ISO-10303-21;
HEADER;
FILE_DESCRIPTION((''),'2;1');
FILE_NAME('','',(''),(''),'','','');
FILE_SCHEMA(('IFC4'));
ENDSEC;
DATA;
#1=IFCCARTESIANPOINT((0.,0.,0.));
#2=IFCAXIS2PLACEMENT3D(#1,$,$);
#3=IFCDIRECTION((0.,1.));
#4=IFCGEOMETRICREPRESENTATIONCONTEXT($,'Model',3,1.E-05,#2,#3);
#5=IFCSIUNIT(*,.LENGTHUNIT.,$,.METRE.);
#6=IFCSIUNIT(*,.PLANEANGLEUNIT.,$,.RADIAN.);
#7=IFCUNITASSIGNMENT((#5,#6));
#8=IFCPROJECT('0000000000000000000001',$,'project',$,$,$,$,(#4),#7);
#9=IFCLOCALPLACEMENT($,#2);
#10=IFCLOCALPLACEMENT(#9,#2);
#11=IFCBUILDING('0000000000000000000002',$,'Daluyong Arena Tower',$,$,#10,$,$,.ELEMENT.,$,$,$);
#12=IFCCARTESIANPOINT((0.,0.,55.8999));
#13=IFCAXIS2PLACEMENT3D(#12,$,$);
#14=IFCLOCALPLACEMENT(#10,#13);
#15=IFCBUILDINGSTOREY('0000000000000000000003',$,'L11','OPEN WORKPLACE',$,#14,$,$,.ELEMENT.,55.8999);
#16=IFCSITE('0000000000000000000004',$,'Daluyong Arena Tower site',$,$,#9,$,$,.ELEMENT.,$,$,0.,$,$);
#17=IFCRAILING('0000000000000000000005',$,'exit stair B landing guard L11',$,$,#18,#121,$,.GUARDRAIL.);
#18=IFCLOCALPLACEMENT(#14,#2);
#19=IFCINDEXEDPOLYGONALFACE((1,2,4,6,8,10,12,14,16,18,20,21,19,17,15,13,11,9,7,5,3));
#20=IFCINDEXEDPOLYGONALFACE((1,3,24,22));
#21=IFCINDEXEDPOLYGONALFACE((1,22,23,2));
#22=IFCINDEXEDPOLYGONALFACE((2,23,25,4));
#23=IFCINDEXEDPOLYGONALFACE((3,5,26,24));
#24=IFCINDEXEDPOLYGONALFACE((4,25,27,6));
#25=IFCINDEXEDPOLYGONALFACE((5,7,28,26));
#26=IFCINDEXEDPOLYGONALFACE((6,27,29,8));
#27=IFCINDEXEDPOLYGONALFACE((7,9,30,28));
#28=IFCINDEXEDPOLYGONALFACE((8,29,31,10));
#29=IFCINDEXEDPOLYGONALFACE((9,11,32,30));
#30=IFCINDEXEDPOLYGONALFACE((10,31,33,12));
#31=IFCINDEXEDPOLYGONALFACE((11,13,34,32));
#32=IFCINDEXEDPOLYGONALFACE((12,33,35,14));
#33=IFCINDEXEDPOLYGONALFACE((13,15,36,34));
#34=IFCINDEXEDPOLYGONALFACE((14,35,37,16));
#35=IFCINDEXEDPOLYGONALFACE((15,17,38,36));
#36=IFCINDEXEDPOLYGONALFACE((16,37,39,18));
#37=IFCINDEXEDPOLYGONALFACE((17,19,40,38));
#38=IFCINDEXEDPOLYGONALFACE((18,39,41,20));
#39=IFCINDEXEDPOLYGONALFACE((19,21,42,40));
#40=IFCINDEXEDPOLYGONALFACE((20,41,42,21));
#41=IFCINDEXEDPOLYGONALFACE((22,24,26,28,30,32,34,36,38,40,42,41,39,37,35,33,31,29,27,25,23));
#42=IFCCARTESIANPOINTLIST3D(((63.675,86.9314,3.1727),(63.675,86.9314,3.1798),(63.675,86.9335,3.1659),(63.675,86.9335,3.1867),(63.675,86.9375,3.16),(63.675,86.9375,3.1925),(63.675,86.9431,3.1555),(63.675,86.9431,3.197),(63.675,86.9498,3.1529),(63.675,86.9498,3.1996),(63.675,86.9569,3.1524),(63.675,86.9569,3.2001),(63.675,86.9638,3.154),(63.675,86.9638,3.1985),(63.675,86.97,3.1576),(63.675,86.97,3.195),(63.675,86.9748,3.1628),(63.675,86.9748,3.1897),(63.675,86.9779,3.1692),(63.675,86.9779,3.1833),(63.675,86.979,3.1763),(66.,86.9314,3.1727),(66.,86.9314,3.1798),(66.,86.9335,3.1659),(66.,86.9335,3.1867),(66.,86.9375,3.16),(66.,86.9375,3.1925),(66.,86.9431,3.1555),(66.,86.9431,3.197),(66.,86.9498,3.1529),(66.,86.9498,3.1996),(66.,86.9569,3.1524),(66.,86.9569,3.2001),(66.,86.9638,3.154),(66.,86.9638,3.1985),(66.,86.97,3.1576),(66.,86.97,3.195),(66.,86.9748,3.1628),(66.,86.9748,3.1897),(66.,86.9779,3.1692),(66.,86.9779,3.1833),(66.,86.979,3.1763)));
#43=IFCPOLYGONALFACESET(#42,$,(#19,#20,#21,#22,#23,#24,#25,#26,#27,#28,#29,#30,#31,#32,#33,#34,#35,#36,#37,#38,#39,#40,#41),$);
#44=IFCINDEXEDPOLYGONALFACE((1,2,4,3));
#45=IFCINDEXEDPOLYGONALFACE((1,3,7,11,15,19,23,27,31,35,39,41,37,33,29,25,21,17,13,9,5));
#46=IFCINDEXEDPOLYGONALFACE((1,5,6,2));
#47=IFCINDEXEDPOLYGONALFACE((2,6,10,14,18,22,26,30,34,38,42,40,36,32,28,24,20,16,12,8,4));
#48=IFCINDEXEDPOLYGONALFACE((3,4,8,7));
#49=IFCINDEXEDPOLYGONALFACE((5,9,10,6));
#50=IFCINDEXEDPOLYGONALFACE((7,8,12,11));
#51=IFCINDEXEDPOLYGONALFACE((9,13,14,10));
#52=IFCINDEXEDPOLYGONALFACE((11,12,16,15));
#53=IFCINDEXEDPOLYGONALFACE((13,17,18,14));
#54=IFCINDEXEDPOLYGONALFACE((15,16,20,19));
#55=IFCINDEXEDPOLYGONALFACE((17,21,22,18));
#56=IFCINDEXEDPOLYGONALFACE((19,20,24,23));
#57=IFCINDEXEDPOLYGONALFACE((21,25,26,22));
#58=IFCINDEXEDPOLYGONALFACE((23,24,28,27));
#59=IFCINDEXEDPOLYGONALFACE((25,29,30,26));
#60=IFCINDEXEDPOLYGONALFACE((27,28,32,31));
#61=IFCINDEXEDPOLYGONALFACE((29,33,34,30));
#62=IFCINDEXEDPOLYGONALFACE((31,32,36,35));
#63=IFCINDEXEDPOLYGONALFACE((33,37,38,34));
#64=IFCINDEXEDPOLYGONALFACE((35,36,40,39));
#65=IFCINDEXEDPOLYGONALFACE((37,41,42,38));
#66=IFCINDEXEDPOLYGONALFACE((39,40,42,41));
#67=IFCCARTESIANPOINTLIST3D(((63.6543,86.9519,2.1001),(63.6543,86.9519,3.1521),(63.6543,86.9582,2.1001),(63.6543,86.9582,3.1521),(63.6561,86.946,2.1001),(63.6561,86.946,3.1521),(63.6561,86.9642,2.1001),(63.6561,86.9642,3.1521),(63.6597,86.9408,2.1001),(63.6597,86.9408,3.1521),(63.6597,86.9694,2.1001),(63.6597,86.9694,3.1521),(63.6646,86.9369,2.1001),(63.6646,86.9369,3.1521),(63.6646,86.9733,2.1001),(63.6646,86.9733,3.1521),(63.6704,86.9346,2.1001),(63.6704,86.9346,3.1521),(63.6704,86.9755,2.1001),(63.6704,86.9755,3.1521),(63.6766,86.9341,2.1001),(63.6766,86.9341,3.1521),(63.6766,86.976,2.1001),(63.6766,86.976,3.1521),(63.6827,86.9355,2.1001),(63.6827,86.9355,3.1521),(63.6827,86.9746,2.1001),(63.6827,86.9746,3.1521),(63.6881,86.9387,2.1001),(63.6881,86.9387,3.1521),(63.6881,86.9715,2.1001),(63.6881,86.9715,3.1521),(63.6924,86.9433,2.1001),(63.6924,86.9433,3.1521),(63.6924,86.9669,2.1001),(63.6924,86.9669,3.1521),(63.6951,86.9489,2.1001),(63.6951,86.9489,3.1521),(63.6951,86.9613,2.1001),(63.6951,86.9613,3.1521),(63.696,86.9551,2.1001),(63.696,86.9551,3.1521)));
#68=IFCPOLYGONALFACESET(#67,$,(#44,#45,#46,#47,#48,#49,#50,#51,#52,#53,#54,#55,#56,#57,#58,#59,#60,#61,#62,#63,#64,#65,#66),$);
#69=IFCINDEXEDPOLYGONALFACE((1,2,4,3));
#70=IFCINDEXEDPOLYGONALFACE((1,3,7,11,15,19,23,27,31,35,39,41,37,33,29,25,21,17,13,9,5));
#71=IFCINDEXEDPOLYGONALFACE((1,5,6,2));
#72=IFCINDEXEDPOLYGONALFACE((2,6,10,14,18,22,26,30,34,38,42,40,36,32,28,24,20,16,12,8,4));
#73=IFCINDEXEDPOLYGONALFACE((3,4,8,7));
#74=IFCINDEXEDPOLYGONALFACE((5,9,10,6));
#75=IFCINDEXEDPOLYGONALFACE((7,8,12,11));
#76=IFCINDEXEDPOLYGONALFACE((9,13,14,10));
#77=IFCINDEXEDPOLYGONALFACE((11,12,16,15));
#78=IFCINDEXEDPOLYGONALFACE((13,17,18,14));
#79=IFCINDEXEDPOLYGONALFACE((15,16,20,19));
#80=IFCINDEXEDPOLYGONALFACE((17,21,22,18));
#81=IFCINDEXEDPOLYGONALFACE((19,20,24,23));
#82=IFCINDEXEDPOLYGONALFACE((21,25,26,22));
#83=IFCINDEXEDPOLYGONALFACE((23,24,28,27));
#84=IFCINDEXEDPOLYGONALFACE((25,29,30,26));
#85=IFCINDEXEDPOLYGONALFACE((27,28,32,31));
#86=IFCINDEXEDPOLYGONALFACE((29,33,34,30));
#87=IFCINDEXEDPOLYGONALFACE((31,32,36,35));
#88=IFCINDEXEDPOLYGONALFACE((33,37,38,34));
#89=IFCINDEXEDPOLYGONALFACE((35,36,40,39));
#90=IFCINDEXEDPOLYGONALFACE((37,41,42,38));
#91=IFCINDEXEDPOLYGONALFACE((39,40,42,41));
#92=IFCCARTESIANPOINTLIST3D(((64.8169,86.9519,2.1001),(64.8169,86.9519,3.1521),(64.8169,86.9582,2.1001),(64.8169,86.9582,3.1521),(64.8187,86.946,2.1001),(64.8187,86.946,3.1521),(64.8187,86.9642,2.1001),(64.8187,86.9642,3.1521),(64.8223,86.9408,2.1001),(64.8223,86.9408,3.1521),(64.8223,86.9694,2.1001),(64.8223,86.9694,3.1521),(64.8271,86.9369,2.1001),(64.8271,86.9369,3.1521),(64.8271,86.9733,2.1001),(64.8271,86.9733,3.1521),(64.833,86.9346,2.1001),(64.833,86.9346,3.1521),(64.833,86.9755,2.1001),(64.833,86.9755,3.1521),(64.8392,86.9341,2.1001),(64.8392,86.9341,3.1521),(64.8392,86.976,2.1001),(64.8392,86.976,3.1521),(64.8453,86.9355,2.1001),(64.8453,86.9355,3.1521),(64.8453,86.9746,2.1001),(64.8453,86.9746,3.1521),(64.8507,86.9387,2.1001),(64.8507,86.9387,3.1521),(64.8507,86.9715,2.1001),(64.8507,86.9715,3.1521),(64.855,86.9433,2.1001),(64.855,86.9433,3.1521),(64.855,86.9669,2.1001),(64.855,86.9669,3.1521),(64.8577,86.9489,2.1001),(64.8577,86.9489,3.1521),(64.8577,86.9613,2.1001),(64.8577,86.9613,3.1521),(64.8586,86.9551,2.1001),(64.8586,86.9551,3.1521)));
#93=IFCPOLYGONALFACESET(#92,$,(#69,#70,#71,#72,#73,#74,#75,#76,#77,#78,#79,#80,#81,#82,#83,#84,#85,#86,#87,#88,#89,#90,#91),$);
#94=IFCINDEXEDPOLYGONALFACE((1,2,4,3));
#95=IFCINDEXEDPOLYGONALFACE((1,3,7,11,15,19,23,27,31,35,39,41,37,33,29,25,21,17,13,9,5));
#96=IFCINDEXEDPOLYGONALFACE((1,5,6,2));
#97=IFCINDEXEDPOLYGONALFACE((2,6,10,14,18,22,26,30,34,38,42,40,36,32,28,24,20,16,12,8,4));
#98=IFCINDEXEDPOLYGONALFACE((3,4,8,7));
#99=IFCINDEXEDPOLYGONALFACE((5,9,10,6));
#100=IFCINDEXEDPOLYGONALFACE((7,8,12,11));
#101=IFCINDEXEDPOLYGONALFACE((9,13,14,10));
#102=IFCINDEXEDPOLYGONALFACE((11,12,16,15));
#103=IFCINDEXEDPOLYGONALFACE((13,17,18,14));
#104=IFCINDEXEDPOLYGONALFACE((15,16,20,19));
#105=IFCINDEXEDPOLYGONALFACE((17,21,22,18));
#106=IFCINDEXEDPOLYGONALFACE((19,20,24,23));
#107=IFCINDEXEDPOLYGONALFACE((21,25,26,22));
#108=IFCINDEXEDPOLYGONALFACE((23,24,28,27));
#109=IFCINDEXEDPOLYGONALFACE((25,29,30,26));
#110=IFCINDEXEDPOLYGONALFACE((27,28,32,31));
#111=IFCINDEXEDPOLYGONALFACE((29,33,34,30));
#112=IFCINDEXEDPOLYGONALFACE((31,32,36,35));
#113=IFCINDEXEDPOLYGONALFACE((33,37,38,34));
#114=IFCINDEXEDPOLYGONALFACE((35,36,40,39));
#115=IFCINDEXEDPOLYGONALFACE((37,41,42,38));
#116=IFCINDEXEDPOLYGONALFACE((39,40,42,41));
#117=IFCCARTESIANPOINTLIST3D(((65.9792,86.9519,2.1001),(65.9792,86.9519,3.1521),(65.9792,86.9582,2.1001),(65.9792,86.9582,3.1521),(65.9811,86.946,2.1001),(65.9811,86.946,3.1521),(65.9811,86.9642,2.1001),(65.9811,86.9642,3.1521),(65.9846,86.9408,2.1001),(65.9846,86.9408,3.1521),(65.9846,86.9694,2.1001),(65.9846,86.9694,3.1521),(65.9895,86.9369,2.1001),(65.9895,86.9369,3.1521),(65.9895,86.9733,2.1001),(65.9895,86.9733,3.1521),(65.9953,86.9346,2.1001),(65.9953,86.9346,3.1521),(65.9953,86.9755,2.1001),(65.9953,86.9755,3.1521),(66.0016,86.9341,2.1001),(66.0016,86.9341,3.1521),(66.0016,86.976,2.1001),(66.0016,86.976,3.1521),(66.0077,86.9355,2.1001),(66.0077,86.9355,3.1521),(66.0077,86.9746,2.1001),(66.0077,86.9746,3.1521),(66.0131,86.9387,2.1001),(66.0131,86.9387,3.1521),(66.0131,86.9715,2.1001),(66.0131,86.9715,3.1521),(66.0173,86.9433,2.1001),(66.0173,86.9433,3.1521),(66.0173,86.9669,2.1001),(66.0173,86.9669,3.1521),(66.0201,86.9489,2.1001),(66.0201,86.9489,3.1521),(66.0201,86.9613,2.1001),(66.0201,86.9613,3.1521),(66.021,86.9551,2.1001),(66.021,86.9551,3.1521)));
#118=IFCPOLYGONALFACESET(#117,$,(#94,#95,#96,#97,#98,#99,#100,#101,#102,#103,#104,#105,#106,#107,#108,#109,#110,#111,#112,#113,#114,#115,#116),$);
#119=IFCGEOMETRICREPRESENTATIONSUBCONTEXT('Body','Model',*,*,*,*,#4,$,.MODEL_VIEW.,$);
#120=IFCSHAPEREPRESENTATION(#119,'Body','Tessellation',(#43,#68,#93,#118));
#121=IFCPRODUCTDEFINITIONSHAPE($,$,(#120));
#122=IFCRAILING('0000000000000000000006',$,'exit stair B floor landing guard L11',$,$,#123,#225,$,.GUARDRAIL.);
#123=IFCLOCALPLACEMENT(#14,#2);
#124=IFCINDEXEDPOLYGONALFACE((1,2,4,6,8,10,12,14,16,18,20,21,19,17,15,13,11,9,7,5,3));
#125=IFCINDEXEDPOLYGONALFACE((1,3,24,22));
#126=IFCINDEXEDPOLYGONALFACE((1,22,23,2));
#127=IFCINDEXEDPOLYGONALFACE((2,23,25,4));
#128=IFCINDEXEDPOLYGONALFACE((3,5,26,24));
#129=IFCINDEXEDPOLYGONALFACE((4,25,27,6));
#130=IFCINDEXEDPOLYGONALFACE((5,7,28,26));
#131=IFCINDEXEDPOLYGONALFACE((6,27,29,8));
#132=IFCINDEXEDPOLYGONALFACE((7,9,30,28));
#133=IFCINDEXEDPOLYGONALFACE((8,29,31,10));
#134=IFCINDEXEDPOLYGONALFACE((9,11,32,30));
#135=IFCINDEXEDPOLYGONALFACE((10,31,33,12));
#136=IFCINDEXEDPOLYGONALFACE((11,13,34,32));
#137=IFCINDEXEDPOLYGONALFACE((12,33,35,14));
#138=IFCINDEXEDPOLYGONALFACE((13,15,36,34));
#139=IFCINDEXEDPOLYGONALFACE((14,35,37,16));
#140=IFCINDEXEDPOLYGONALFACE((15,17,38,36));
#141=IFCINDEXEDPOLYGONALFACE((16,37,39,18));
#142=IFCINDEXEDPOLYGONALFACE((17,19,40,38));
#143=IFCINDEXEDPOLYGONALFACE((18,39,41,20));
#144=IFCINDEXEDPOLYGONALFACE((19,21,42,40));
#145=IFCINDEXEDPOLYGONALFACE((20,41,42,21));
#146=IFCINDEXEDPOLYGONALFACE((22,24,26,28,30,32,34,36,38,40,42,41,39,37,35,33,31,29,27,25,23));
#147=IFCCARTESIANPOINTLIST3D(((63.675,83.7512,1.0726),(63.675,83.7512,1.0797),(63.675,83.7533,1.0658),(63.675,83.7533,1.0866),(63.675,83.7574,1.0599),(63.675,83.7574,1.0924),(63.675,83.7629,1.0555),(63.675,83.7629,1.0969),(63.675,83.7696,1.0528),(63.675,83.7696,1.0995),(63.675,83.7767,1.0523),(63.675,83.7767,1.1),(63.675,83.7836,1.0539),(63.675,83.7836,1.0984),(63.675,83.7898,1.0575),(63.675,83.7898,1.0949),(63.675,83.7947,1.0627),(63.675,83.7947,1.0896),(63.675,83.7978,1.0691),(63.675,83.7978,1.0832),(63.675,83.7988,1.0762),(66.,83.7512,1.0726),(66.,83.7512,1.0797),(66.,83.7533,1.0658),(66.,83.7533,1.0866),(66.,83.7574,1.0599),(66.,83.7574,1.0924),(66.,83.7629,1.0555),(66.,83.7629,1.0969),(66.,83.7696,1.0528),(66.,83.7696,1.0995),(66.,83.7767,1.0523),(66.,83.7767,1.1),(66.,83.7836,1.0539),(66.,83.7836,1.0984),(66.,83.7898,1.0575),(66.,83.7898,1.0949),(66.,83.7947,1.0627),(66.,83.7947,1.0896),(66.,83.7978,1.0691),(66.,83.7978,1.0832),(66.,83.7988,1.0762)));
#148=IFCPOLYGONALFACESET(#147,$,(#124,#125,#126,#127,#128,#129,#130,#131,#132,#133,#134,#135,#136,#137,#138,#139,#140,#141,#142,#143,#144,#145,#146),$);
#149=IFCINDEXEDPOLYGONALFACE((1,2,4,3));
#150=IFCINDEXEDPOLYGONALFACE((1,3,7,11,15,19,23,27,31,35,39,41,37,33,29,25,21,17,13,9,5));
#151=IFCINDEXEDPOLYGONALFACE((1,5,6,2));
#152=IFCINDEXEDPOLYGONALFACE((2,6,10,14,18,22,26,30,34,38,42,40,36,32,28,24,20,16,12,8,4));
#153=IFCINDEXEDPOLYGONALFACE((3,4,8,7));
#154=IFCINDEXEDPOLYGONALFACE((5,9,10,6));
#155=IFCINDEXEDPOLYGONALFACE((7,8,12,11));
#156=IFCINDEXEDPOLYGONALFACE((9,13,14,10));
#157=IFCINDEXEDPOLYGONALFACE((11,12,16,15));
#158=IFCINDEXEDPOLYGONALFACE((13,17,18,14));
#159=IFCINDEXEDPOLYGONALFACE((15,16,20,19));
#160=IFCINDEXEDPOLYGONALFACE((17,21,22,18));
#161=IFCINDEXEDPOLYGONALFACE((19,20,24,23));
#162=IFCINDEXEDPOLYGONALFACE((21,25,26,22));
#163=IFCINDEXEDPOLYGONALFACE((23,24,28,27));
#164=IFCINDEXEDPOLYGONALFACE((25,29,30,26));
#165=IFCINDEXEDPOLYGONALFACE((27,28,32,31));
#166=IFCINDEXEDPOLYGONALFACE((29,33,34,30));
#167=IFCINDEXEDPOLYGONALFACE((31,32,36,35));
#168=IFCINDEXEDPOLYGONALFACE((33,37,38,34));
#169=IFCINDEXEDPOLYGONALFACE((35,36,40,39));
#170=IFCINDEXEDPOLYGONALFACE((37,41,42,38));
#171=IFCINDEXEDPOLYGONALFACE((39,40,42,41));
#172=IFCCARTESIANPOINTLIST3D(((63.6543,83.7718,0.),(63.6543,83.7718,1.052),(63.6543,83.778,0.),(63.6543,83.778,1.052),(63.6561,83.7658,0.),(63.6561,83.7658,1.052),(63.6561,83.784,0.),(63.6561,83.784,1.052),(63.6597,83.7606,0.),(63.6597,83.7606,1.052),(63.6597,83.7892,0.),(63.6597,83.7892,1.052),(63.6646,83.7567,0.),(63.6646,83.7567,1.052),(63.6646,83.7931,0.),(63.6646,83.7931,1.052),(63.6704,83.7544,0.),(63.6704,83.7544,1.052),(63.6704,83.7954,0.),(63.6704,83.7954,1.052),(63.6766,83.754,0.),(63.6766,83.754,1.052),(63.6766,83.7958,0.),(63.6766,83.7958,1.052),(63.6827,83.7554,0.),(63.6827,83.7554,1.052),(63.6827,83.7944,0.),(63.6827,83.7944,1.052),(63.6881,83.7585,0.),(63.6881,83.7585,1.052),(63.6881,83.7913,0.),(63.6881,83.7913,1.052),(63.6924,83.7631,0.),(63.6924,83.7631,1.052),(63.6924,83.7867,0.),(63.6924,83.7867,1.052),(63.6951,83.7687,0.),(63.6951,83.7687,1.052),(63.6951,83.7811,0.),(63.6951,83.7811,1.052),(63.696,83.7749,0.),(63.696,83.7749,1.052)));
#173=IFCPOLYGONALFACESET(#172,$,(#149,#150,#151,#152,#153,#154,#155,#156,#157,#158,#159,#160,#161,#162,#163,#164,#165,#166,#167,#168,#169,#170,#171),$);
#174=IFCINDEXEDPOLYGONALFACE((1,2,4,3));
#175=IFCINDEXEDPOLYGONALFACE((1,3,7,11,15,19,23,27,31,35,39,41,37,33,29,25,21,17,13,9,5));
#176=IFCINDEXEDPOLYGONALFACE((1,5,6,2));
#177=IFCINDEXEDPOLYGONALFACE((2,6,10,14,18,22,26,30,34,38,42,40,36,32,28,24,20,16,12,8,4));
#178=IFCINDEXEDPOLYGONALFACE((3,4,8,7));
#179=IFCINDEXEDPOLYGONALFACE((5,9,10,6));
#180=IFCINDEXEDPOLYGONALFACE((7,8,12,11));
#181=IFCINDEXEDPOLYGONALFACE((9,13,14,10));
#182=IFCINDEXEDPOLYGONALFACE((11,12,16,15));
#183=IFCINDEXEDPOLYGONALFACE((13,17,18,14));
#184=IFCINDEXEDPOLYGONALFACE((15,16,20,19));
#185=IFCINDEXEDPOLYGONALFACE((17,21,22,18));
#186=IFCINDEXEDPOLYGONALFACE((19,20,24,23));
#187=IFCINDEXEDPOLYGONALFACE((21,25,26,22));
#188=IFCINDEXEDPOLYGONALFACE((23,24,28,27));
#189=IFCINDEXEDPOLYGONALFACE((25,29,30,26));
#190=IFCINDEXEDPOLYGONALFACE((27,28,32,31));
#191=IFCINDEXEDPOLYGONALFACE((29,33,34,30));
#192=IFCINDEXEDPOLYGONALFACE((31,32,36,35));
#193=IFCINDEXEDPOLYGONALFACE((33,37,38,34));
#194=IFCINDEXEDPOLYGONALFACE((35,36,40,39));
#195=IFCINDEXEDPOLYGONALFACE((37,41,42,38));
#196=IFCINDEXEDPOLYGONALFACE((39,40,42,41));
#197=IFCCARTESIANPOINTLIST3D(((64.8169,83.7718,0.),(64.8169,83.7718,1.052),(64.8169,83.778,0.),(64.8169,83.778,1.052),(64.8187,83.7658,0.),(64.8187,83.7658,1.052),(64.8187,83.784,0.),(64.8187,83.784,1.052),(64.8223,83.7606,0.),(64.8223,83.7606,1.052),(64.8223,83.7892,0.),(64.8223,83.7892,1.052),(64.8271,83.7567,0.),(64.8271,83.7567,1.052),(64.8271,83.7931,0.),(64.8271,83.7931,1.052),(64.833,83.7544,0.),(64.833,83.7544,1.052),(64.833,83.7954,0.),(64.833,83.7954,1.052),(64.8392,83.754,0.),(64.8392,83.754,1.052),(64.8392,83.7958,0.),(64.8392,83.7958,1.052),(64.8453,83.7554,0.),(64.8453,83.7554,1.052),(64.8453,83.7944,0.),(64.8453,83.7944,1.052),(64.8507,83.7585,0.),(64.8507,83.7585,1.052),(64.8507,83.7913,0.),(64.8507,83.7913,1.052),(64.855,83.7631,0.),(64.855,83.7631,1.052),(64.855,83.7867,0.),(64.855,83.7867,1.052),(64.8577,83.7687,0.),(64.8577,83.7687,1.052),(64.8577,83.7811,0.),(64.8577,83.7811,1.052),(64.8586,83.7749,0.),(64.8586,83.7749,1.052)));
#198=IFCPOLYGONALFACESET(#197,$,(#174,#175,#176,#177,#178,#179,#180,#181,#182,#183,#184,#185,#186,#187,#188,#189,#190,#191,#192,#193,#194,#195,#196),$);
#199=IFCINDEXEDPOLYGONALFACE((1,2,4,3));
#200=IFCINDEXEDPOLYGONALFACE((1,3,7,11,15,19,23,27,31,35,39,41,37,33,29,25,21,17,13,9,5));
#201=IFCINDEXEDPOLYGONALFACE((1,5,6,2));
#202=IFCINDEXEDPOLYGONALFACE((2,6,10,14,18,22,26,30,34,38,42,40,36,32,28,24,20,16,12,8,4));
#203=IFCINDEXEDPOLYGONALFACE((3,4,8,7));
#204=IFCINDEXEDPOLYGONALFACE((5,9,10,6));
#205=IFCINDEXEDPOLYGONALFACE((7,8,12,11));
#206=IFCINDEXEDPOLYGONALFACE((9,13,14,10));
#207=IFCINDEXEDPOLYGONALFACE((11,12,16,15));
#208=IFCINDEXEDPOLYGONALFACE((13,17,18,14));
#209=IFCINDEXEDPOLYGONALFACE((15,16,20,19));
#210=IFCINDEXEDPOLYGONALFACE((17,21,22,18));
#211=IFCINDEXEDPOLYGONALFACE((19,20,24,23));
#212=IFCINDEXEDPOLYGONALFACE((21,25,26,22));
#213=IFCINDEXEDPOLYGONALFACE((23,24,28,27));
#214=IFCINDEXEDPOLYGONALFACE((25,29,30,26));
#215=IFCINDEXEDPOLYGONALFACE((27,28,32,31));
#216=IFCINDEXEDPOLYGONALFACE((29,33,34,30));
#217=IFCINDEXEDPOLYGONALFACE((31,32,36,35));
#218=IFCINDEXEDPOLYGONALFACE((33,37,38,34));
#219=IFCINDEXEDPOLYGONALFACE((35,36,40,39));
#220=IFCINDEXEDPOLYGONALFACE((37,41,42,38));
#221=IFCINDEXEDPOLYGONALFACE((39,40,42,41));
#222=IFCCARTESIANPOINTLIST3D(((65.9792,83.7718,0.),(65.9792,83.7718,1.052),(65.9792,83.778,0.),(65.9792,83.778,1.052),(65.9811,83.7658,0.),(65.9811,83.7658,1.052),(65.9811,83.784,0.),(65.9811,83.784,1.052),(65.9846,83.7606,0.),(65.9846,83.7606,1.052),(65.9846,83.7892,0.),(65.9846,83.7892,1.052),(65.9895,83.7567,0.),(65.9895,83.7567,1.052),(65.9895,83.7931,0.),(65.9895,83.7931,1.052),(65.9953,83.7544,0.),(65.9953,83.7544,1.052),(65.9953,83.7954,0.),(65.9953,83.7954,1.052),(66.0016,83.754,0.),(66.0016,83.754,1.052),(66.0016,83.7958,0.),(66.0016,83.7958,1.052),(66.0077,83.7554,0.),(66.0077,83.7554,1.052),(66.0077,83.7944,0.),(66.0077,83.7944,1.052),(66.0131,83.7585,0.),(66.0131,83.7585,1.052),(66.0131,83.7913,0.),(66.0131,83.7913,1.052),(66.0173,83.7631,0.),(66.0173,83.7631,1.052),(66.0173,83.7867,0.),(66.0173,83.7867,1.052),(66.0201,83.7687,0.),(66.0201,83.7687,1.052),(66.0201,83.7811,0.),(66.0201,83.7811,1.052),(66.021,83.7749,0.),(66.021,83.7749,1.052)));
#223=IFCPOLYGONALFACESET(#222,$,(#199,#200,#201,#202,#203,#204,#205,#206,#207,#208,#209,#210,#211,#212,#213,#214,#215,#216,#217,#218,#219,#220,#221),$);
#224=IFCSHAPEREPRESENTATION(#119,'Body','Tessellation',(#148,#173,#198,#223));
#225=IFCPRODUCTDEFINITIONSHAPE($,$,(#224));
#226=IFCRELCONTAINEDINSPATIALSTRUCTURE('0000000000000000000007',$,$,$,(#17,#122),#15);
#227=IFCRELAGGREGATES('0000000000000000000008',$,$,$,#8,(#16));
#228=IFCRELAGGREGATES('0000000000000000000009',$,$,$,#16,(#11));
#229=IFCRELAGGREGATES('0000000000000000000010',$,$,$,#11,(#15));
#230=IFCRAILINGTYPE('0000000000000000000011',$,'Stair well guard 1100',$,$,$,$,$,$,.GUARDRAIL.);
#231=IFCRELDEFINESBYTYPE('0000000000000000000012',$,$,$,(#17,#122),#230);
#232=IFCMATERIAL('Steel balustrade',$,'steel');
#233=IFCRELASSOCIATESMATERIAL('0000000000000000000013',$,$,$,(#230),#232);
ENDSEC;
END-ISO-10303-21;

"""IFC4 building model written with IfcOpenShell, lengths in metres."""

from ifc_helpers import new_model, si_unit, direction, frame, origin, origin_2d, place, context, subcontext, project, spatial, circle, extrude, material, type_object, element, save


model = new_model("IFC4")

# Units and contexts
model_context = context("Model", 3, precision=1e-05, world=origin(), true_north=direction((0.0, 1.0)))
body_context = subcontext(model_context, "Body", "Model", "MODEL_VIEW")
ifc_project = project(units=[si_unit("LENGTHUNIT", "METRE"), si_unit("PLANEANGLEUNIT", "RADIAN")], contexts=[model_context])

# Site, building, storey
site_placement = place(None, origin())
site = spatial("IfcSite", under=ifc_project, at=site_placement, Name="Daluyong Arena Tower site", CompositionType="ELEMENT", RefElevation=0.0)
building_placement = place(site_placement, origin())
building = spatial("IfcBuilding", under=site, at=building_placement, Name="Daluyong Arena Tower", CompositionType="ELEMENT")
storey_placement = place(building_placement, frame((0.0, 0.0, 55.8999)))
storey = spatial("IfcBuildingStorey", under=building, at=storey_placement, Name="L11", Description="OPEN WORKPLACE", CompositionType="ELEMENT", Elevation=55.8999)

# Railings
ifc_material_1 = material(Name="Steel balustrade", Category="steel")
railing_type_1 = type_object("IfcRailingType", Name="Stair well guard 1100", PredefinedType="GUARDRAIL", material=ifc_material_1)
for number, where, name in (
    (1, (63.675, 86.9551, 2.1001), "exit stair B landing guard L11"),
    (2, (63.675, 83.7749, 0.0), "exit stair B floor landing guard L11"),
):
    element("IfcRailing", number, at=place(storey_placement, frame(where)), inside=storey, type_object=railing_type_1, Name=name, PredefinedType="GUARDRAIL", context=body_context, shape_type="SweptSolid", body=[
        extrude(circle(Radius=0.0239, at=origin_2d()), frame((0.0, 0.0, 1.0762), z_axis=(1.0, 0.0, 0.0), x_axis=(0.0, 1.0, 0.0)), (0.0, 0.0, 1.0), 2.325),
        extrude(circle(Radius=0.021, at=origin_2d()), origin(), (0.0, 0.0, 1.0), 1.052),
        extrude(circle(Radius=0.021, at=origin_2d()), frame((1.1626, 0.0, 0.0)), (0.0, 0.0, 1.0), 1.052),
        extrude(circle(Radius=0.021, at=origin_2d()), frame((2.325, 0.0, 0.0)), (0.0, 0.0, 1.0), 1.052),
    ])

save(model, "model.ifc")
